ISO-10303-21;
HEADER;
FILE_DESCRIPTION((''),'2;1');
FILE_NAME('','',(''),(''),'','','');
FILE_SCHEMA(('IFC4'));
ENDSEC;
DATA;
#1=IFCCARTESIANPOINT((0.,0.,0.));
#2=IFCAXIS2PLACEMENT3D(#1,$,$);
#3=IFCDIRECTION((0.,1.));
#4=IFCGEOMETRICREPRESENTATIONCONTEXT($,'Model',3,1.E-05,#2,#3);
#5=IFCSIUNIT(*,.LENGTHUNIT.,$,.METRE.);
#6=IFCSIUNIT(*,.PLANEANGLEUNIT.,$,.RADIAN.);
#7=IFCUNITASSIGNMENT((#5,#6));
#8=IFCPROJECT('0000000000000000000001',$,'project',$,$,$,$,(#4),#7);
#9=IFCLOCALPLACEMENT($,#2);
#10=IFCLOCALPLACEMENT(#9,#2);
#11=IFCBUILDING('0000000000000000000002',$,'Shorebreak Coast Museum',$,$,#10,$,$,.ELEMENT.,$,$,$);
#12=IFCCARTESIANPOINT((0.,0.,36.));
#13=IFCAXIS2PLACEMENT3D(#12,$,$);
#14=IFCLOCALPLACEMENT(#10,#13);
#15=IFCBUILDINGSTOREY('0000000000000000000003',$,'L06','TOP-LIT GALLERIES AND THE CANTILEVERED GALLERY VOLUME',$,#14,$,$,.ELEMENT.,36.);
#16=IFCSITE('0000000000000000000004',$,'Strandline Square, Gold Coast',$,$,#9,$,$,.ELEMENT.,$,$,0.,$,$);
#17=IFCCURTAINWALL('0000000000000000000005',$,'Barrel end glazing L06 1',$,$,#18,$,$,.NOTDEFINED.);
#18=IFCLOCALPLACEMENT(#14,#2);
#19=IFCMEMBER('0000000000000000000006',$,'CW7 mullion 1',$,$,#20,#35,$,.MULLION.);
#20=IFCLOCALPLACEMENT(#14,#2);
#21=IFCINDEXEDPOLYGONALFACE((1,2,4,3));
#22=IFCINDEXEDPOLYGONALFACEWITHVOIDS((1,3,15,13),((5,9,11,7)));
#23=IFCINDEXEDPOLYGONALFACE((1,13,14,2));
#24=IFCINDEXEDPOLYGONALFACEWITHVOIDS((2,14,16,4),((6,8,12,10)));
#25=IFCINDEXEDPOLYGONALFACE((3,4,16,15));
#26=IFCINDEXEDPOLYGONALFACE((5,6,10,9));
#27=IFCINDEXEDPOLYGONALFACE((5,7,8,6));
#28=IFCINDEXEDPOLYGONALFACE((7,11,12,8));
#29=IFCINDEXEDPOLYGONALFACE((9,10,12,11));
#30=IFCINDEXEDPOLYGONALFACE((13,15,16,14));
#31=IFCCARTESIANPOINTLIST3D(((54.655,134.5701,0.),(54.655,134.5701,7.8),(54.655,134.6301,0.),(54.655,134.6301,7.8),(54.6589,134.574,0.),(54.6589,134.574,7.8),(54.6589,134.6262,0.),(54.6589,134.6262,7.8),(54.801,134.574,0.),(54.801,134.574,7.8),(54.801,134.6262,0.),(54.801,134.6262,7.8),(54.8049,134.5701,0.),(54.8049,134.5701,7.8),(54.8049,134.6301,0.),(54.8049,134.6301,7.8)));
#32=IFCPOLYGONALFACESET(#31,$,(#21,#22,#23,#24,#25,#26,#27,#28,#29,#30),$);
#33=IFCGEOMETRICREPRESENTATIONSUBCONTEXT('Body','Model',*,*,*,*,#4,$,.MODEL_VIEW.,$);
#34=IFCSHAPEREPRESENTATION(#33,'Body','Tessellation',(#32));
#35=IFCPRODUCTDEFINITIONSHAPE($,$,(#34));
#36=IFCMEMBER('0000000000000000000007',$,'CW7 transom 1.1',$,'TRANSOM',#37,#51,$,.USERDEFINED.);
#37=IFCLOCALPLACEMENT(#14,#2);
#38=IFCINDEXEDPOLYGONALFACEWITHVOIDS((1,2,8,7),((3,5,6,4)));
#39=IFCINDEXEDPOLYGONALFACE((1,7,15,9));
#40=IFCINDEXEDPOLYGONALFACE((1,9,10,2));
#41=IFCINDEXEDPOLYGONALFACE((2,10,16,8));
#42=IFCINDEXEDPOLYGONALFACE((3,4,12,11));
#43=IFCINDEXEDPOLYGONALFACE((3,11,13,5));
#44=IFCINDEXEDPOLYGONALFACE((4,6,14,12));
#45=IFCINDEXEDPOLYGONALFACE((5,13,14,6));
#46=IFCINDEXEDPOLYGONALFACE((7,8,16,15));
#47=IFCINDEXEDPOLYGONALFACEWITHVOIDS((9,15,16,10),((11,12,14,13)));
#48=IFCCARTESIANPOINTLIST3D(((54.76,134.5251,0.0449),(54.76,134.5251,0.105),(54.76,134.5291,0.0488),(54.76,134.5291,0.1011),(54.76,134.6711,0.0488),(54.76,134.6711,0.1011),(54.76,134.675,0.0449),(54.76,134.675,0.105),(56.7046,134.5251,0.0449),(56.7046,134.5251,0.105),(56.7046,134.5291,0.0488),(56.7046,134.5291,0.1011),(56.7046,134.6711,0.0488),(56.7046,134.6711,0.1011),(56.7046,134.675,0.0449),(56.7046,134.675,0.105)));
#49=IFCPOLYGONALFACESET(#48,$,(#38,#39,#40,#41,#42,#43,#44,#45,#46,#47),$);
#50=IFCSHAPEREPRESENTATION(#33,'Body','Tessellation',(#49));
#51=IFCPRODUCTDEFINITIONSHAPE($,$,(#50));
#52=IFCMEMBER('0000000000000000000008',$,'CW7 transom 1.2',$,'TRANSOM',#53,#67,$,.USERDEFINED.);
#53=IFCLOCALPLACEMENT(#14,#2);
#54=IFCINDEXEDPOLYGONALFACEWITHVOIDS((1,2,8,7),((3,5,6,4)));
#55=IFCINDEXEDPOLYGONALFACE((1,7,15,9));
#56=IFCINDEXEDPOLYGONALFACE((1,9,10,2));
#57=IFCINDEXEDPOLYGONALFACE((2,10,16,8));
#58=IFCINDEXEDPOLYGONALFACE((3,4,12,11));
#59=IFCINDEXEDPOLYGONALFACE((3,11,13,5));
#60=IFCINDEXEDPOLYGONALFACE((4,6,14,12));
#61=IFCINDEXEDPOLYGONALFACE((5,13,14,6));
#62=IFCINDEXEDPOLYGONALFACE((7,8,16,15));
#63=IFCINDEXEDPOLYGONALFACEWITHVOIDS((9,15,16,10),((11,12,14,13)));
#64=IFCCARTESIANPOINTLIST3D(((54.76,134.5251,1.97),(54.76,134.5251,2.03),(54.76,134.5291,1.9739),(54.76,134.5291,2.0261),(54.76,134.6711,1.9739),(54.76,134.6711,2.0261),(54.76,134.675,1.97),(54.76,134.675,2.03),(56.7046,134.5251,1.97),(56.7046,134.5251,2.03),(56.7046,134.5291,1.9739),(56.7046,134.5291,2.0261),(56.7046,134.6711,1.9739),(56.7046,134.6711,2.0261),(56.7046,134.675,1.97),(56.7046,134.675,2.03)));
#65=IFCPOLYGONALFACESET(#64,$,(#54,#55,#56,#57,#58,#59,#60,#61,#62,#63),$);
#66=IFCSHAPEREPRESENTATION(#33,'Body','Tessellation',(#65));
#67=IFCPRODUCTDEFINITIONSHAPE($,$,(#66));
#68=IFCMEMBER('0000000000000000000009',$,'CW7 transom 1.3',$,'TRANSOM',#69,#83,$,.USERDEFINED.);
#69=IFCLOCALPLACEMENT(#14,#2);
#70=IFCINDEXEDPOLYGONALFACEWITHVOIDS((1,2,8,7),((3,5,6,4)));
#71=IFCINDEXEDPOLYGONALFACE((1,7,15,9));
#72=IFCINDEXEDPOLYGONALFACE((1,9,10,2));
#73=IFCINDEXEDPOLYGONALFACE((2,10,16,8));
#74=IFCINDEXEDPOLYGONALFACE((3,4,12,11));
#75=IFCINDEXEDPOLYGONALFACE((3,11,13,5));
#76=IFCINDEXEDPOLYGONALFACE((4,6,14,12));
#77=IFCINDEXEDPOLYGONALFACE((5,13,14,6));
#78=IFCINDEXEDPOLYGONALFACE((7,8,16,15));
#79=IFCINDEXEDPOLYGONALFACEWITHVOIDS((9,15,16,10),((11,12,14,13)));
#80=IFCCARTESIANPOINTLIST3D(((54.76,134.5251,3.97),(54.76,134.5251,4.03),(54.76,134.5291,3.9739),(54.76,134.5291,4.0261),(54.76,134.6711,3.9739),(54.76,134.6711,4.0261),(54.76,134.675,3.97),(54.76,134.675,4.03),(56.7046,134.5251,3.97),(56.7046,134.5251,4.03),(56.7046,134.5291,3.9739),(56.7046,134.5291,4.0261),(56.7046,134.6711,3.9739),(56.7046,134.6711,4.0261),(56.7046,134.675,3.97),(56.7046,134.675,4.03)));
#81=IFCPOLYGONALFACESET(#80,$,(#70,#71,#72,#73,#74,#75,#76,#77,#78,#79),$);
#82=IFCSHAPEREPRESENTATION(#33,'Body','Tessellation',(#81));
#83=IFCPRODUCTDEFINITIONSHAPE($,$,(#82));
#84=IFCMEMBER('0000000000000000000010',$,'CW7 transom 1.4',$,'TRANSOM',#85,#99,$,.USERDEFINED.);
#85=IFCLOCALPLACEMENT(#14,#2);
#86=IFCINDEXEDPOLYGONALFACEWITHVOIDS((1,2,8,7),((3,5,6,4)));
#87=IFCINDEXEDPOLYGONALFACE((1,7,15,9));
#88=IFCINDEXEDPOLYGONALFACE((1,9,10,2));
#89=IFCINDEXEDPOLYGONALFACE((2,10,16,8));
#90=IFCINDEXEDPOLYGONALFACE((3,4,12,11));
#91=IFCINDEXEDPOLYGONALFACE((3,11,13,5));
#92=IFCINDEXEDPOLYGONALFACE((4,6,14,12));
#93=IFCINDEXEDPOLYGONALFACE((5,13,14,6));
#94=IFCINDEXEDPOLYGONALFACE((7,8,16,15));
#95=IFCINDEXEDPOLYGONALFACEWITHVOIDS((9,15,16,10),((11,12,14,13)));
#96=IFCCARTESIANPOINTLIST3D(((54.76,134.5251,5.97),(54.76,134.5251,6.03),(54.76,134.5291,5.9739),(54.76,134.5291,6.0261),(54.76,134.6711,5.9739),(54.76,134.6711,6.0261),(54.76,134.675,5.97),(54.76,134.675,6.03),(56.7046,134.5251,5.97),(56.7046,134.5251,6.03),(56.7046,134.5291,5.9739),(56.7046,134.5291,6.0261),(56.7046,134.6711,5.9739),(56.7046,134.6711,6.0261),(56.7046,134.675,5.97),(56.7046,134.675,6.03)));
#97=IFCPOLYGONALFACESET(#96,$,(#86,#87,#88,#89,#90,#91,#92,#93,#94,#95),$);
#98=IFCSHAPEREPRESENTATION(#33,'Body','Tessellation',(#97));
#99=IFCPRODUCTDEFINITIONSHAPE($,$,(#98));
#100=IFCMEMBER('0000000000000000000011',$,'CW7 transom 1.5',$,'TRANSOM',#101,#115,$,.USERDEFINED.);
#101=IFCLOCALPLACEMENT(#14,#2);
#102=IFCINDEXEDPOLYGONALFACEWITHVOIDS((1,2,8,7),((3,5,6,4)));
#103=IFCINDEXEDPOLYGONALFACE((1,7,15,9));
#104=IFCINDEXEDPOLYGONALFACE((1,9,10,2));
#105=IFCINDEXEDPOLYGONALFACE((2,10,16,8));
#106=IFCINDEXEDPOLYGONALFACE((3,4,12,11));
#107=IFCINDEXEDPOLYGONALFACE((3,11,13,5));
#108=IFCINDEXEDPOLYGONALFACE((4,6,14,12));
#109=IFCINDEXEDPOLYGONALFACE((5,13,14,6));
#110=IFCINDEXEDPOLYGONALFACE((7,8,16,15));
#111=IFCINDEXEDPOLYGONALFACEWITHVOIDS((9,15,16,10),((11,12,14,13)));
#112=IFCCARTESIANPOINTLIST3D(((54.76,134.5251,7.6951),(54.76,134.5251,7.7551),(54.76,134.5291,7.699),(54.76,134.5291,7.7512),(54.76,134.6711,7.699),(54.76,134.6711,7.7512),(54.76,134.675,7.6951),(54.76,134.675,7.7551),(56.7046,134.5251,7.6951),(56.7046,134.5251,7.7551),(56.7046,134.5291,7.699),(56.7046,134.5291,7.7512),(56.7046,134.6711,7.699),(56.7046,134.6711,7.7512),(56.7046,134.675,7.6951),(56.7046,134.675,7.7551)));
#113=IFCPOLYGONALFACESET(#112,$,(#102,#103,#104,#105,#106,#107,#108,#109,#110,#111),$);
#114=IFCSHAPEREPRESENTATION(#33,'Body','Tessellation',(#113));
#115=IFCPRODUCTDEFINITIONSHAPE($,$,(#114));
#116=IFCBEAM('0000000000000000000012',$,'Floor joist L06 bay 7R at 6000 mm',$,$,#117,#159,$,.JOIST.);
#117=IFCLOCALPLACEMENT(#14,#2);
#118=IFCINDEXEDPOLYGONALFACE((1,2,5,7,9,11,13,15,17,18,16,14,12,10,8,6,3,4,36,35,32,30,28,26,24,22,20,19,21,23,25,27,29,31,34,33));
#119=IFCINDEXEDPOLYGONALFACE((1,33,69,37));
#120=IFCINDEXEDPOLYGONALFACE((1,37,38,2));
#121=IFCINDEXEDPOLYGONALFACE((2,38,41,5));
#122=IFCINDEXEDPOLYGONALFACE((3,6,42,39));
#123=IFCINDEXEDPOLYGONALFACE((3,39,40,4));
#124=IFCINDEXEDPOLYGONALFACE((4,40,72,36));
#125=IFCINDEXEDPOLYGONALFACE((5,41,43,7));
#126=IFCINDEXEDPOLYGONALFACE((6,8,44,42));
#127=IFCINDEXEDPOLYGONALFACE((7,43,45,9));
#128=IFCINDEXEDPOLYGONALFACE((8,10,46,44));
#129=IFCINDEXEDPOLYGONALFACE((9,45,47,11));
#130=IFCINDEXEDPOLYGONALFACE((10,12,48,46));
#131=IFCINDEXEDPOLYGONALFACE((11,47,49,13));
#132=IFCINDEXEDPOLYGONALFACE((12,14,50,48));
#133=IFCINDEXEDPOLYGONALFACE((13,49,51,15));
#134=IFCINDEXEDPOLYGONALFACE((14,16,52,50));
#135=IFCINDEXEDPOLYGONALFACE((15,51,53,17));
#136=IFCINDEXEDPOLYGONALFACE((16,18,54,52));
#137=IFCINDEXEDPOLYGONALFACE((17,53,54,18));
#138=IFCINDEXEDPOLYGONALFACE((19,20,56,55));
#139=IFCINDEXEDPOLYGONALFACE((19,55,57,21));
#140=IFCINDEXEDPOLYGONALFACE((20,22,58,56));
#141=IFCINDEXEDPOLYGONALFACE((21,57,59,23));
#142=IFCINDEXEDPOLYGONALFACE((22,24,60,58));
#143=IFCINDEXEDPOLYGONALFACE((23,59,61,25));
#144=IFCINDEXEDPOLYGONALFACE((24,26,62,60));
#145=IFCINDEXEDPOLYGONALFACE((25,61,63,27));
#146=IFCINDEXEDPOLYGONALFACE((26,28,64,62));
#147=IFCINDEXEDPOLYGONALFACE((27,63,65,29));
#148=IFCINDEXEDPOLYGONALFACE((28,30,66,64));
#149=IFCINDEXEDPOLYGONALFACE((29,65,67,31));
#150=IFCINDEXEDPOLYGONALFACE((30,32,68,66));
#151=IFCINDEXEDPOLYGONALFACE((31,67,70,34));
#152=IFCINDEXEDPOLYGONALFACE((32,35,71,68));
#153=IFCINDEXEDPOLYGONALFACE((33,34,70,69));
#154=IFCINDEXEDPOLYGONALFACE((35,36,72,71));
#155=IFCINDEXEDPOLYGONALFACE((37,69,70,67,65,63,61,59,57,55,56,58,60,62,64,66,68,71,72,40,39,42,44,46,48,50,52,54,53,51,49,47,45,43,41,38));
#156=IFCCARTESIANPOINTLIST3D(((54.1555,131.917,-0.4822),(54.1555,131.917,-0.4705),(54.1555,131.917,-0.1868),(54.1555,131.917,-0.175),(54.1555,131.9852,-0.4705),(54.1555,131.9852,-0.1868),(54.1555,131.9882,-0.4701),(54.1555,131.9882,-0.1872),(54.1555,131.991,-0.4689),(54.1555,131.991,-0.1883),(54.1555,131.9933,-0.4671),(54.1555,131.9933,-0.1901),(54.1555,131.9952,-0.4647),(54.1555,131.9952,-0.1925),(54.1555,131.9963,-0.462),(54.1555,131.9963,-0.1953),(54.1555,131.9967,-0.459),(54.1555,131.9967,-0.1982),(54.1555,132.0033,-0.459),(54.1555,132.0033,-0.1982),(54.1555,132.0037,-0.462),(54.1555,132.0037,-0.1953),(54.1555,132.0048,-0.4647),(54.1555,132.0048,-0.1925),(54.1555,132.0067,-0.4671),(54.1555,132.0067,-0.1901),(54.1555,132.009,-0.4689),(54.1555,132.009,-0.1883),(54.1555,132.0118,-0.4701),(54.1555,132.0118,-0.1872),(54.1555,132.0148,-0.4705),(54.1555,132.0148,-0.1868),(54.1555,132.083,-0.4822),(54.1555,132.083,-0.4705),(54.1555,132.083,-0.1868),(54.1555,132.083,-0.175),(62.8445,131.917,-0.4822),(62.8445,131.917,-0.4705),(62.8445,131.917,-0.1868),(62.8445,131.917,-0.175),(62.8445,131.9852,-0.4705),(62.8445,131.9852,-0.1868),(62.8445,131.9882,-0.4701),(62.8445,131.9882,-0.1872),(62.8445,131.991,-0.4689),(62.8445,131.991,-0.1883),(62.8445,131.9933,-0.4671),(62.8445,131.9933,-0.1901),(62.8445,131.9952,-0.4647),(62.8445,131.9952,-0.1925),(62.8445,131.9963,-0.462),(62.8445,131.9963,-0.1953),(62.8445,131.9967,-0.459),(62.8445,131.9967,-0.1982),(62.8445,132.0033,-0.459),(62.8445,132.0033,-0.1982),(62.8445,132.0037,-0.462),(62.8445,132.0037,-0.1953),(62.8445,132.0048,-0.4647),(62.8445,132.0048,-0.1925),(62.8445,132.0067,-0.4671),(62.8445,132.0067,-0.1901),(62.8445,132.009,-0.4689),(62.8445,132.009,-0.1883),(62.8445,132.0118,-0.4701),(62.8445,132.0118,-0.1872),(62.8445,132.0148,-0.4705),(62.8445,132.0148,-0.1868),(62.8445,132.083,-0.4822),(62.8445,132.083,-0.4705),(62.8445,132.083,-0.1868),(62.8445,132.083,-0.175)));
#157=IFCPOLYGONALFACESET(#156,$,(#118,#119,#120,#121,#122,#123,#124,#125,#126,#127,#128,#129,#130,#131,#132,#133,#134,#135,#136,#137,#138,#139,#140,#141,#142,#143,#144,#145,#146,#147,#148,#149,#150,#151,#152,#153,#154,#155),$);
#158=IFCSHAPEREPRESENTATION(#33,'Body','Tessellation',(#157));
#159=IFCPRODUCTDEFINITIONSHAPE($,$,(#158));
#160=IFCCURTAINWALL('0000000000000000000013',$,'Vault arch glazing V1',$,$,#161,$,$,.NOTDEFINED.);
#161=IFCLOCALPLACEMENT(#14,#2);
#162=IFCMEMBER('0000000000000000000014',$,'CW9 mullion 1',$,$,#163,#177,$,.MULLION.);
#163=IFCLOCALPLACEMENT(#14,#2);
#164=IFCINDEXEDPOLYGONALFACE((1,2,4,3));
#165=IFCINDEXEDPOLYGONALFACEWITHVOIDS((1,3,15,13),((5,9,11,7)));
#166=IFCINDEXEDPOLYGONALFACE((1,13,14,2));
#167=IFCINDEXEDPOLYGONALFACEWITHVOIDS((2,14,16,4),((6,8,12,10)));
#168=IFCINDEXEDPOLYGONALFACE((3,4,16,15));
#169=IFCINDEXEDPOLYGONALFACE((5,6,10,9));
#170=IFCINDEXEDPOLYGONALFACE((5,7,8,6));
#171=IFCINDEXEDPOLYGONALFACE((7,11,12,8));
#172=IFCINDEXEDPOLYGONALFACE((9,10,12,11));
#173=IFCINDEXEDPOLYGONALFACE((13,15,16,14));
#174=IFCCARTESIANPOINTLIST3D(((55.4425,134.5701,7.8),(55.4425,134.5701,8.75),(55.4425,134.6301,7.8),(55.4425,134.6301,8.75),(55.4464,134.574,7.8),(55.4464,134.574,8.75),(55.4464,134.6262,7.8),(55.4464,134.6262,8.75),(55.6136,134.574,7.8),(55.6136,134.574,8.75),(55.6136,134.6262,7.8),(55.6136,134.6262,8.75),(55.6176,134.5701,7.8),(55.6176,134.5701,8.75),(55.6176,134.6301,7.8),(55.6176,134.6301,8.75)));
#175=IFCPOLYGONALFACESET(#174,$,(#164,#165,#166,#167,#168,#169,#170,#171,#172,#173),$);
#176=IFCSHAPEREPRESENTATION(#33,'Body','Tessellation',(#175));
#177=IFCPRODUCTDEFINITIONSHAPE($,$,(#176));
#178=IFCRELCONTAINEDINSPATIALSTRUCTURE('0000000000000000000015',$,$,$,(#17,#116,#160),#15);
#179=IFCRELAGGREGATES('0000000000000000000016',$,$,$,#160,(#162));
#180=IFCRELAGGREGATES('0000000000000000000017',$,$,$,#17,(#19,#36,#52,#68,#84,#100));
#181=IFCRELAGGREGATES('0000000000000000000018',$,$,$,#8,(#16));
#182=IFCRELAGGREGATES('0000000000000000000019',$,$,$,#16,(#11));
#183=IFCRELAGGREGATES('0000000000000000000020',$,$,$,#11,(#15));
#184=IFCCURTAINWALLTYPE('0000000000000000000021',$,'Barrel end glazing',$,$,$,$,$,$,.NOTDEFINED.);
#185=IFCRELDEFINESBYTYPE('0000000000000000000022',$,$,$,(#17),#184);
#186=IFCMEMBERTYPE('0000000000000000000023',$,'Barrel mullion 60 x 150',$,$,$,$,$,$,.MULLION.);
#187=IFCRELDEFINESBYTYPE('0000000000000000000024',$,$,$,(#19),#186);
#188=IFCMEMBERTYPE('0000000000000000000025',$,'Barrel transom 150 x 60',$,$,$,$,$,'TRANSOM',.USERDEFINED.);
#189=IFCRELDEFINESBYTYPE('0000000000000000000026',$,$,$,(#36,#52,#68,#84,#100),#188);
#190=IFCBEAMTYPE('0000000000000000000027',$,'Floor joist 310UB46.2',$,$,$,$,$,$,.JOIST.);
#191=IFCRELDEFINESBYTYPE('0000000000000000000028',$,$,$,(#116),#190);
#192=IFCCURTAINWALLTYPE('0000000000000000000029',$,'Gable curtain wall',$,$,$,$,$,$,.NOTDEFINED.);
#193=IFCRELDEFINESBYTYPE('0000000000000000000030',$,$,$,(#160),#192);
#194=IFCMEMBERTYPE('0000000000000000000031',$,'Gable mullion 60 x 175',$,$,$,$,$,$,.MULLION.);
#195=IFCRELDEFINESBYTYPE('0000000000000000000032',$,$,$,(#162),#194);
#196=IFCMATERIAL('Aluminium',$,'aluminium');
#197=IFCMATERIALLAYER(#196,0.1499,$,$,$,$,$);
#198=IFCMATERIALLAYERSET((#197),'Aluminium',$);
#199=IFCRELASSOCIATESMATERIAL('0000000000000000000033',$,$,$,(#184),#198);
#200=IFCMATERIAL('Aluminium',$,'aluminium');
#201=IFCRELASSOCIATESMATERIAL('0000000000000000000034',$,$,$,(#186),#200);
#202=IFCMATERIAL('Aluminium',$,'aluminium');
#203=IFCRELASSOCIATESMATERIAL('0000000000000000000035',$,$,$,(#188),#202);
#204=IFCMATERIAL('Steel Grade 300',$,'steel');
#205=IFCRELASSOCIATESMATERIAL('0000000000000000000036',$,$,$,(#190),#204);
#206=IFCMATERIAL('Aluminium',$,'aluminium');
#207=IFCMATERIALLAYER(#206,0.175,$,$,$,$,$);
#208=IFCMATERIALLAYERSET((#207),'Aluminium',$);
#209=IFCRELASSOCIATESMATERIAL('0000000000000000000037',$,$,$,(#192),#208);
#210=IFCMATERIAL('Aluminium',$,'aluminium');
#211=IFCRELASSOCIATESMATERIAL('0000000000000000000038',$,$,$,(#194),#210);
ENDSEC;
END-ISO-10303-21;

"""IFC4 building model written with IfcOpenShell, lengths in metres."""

from ifc_helpers import new_model, si_unit, direction, frame, origin, origin_2d, place, context, subcontext, project, spatial, hollow_rectangle, i_section, extrude, material, layer, layer_set, material_profile, profile_set, type_object, element, aggregate, save


model = new_model("IFC4")

# Units and contexts
model_context = context("Model", 3, precision=1e-05, world=origin(), true_north=direction((0.0, 1.0)))
body_context = subcontext(model_context, "Body", "Model", "MODEL_VIEW")
ifc_project = project(units=[si_unit("LENGTHUNIT", "METRE"), si_unit("PLANEANGLEUNIT", "RADIAN")], contexts=[model_context])

# Site, building, storey
site_placement = place(None, origin())
site = spatial("IfcSite", under=ifc_project, at=site_placement, Name="Strandline Square, Gold Coast", CompositionType="ELEMENT", RefElevation=0.0)
building_placement = place(site_placement, origin())
building = spatial("IfcBuilding", under=site, at=building_placement, Name="Shorebreak Coast Museum", CompositionType="ELEMENT")
storey_placement = place(building_placement, frame((0.0, 0.0, 36.0)))
storey = spatial("IfcBuildingStorey", under=building, at=storey_placement, Name="L06", Description="TOP-LIT GALLERIES AND THE CANTILEVERED GALLERY VOLUME", CompositionType="ELEMENT", Elevation=36.0)

# Curtain wall, members
ifc_material_1 = material(Name="Aluminium", Category="aluminium")
ifc_layer_1 = layer(ifc_material_1, 0.1499)
ifc_layer_set_1 = layer_set([ifc_layer_1], Name="Aluminium")
curtain_wall_type_1 = type_object("IfcCurtainWallType", Name="Barrel end glazing", PredefinedType="NOTDEFINED", material=ifc_layer_set_1)
curtain_wall_1_placement = place(storey_placement, origin())
curtain_wall_1 = element("IfcCurtainWall", 1, at=curtain_wall_1_placement, inside=storey, type_object=curtain_wall_type_1, Name="Barrel end glazing L06 1", PredefinedType="NOTDEFINED")
ifc_material_2 = material(Name="Aluminium", Category="aluminium")
ifc_material_profile_1 = material_profile(ifc_material_2, hollow_rectangle(XDim=0.0601, YDim=0.1499, WallThickness=0.0039, at=origin_2d()), Name="AL 150x60 RHS")
ifc_profile_set_1 = profile_set([ifc_material_profile_1], Name="Aluminium")
member_type_1 = type_object("IfcMemberType", Name="Barrel mullion 60 x 150", PredefinedType="MULLION", material=ifc_profile_set_1)
member_1_placement = place(storey_placement, frame((54.73, 134.6001, 0.0), z_axis=(0.0, 0.0, 1.0), x_axis=(0.0, 1.0, 0.0)))
member_1 = element("IfcMember", 2, at=member_1_placement, type_object=member_type_1, Name="CW7 mullion 1", PredefinedType="MULLION", context=body_context, shape_type="SweptSolid", body=[
    extrude(hollow_rectangle(XDim=0.0601, YDim=0.1499, WallThickness=0.0039, at=origin_2d()), origin(), (0.0, 0.0, 1.0), 7.8),
])
ifc_material_3 = material(Name="Aluminium", Category="aluminium")
ifc_material_profile_2 = material_profile(ifc_material_3, hollow_rectangle(XDim=0.1499, YDim=0.0601, WallThickness=0.0039, at=origin_2d()), Name="AL 60x150 RHS")
ifc_profile_set_2 = profile_set([ifc_material_profile_2], Name="Aluminium")
member_type_2 = type_object("IfcMemberType", Name="Barrel transom 150 x 60", ElementType="TRANSOM", PredefinedType="USERDEFINED", material=ifc_profile_set_2)
member_2_placement = place(storey_placement, frame((54.76, 134.6001, 0.075), z_axis=(1.0, 0.0, 0.0), x_axis=(0.0, 1.0, 0.0)))
member_2 = element("IfcMember", 3, at=member_2_placement, type_object=member_type_2, Name="CW7 transom 1.1", ObjectType="TRANSOM", PredefinedType="USERDEFINED", context=body_context, shape_type="SweptSolid", body=[
    extrude(hollow_rectangle(XDim=0.1499, YDim=0.0601, WallThickness=0.0039, at=origin_2d()), origin(), (0.0, 0.0, 1.0), 1.9446),
])
member_3_placement = place(storey_placement, frame((54.76, 134.6001, 2.0), z_axis=(1.0, 0.0, 0.0), x_axis=(0.0, 1.0, 0.0)))
member_3 = element("IfcMember", 4, at=member_3_placement, type_object=member_type_2, Name="CW7 transom 1.2", ObjectType="TRANSOM", PredefinedType="USERDEFINED", context=body_context, shape_type="SweptSolid", body=[
    extrude(hollow_rectangle(XDim=0.1499, YDim=0.0601, WallThickness=0.0039, at=origin_2d()), origin(), (0.0, 0.0, 1.0), 1.9446),
])
member_4_placement = place(storey_placement, frame((54.76, 134.6001, 4.0), z_axis=(1.0, 0.0, 0.0), x_axis=(0.0, 1.0, 0.0)))
member_4 = element("IfcMember", 5, at=member_4_placement, type_object=member_type_2, Name="CW7 transom 1.3", ObjectType="TRANSOM", PredefinedType="USERDEFINED", context=body_context, shape_type="SweptSolid", body=[
    extrude(hollow_rectangle(XDim=0.1499, YDim=0.0601, WallThickness=0.0039, at=origin_2d()), origin(), (0.0, 0.0, 1.0), 1.9446),
])
member_5_placement = place(storey_placement, frame((54.76, 134.6001, 6.0), z_axis=(1.0, 0.0, 0.0), x_axis=(0.0, 1.0, 0.0)))
member_5 = element("IfcMember", 6, at=member_5_placement, type_object=member_type_2, Name="CW7 transom 1.4", ObjectType="TRANSOM", PredefinedType="USERDEFINED", context=body_context, shape_type="SweptSolid", body=[
    extrude(hollow_rectangle(XDim=0.1499, YDim=0.0601, WallThickness=0.0039, at=origin_2d()), origin(), (0.0, 0.0, 1.0), 1.9446),
])
member_6_placement = place(storey_placement, frame((54.76, 134.6001, 7.7251), z_axis=(1.0, 0.0, 0.0), x_axis=(0.0, 1.0, 0.0)))
member_6 = element("IfcMember", 7, at=member_6_placement, type_object=member_type_2, Name="CW7 transom 1.5", ObjectType="TRANSOM", PredefinedType="USERDEFINED", context=body_context, shape_type="SweptSolid", body=[
    extrude(hollow_rectangle(XDim=0.1499, YDim=0.0601, WallThickness=0.0039, at=origin_2d()), origin(), (0.0, 0.0, 1.0), 1.9446),
])

# Beam
ifc_material_4 = material(Name="Steel Grade 300", Category="steel")
ifc_material_profile_3 = material_profile(ifc_material_4, i_section(OverallWidth=0.166, OverallDepth=0.3071, WebThickness=0.0066, FlangeThickness=0.0117, FilletRadius=0.0115, at=origin_2d()), Name="310UB46.2")
ifc_profile_set_3 = profile_set([ifc_material_profile_3], Name="Steel Grade 300")
beam_type_1 = type_object("IfcBeamType", Name="Floor joist 310UB46.2", PredefinedType="JOIST", material=ifc_profile_set_3)
beam_1_placement = place(storey_placement, frame((54.1555, 132.0, -0.3286), z_axis=(1.0, 0.0, 0.0), x_axis=(0.0, 1.0, 0.0)))
element("IfcBeam", 8, at=beam_1_placement, inside=storey, type_object=beam_type_1, Name="Floor joist L06 bay 7R at 6000 mm", PredefinedType="JOIST", context=body_context, shape_type="SweptSolid", body=[
    extrude(i_section(OverallWidth=0.166, OverallDepth=0.3071, WebThickness=0.0066, FlangeThickness=0.0117, FilletRadius=0.0115, at=origin_2d()), origin(), (0.0, 0.0, 1.0), 8.689),
])

# Curtain wall, member
ifc_material_5 = material(Name="Aluminium", Category="aluminium")
ifc_layer_2 = layer(ifc_material_5, 0.175)
ifc_layer_set_2 = layer_set([ifc_layer_2], Name="Aluminium")
curtain_wall_type_2 = type_object("IfcCurtainWallType", Name="Gable curtain wall", PredefinedType="NOTDEFINED", material=ifc_layer_set_2)
curtain_wall_2_placement = place(storey_placement, origin())
curtain_wall_2 = element("IfcCurtainWall", 9, at=curtain_wall_2_placement, inside=storey, type_object=curtain_wall_type_2, Name="Vault arch glazing V1", PredefinedType="NOTDEFINED")
ifc_material_6 = material(Name="Aluminium", Category="aluminium")
ifc_material_profile_4 = material_profile(ifc_material_6, hollow_rectangle(XDim=0.0601, YDim=0.175, WallThickness=0.0039, at=origin_2d()), Name="AL 175x60 RHS")
ifc_profile_set_4 = profile_set([ifc_material_profile_4], Name="Aluminium")
member_type_3 = type_object("IfcMemberType", Name="Gable mullion 60 x 175", PredefinedType="MULLION", material=ifc_profile_set_4)
member_7_placement = place(storey_placement, frame((55.53, 134.6001, 7.8), z_axis=(0.0, 0.0, 1.0), x_axis=(0.0, 1.0, 0.0)))
member_7 = element("IfcMember", 10, at=member_7_placement, type_object=member_type_3, Name="CW9 mullion 1", PredefinedType="MULLION", context=body_context, shape_type="SweptSolid", body=[
    extrude(hollow_rectangle(XDim=0.0601, YDim=0.175, WallThickness=0.0039, at=origin_2d()), origin(), (0.0, 0.0, 1.0), 0.95),
])
aggregate(curtain_wall_2, [member_7])

aggregate(curtain_wall_1, [member_1, member_2, member_3, member_4, member_5, member_6])

save(model, "model.ifc")
